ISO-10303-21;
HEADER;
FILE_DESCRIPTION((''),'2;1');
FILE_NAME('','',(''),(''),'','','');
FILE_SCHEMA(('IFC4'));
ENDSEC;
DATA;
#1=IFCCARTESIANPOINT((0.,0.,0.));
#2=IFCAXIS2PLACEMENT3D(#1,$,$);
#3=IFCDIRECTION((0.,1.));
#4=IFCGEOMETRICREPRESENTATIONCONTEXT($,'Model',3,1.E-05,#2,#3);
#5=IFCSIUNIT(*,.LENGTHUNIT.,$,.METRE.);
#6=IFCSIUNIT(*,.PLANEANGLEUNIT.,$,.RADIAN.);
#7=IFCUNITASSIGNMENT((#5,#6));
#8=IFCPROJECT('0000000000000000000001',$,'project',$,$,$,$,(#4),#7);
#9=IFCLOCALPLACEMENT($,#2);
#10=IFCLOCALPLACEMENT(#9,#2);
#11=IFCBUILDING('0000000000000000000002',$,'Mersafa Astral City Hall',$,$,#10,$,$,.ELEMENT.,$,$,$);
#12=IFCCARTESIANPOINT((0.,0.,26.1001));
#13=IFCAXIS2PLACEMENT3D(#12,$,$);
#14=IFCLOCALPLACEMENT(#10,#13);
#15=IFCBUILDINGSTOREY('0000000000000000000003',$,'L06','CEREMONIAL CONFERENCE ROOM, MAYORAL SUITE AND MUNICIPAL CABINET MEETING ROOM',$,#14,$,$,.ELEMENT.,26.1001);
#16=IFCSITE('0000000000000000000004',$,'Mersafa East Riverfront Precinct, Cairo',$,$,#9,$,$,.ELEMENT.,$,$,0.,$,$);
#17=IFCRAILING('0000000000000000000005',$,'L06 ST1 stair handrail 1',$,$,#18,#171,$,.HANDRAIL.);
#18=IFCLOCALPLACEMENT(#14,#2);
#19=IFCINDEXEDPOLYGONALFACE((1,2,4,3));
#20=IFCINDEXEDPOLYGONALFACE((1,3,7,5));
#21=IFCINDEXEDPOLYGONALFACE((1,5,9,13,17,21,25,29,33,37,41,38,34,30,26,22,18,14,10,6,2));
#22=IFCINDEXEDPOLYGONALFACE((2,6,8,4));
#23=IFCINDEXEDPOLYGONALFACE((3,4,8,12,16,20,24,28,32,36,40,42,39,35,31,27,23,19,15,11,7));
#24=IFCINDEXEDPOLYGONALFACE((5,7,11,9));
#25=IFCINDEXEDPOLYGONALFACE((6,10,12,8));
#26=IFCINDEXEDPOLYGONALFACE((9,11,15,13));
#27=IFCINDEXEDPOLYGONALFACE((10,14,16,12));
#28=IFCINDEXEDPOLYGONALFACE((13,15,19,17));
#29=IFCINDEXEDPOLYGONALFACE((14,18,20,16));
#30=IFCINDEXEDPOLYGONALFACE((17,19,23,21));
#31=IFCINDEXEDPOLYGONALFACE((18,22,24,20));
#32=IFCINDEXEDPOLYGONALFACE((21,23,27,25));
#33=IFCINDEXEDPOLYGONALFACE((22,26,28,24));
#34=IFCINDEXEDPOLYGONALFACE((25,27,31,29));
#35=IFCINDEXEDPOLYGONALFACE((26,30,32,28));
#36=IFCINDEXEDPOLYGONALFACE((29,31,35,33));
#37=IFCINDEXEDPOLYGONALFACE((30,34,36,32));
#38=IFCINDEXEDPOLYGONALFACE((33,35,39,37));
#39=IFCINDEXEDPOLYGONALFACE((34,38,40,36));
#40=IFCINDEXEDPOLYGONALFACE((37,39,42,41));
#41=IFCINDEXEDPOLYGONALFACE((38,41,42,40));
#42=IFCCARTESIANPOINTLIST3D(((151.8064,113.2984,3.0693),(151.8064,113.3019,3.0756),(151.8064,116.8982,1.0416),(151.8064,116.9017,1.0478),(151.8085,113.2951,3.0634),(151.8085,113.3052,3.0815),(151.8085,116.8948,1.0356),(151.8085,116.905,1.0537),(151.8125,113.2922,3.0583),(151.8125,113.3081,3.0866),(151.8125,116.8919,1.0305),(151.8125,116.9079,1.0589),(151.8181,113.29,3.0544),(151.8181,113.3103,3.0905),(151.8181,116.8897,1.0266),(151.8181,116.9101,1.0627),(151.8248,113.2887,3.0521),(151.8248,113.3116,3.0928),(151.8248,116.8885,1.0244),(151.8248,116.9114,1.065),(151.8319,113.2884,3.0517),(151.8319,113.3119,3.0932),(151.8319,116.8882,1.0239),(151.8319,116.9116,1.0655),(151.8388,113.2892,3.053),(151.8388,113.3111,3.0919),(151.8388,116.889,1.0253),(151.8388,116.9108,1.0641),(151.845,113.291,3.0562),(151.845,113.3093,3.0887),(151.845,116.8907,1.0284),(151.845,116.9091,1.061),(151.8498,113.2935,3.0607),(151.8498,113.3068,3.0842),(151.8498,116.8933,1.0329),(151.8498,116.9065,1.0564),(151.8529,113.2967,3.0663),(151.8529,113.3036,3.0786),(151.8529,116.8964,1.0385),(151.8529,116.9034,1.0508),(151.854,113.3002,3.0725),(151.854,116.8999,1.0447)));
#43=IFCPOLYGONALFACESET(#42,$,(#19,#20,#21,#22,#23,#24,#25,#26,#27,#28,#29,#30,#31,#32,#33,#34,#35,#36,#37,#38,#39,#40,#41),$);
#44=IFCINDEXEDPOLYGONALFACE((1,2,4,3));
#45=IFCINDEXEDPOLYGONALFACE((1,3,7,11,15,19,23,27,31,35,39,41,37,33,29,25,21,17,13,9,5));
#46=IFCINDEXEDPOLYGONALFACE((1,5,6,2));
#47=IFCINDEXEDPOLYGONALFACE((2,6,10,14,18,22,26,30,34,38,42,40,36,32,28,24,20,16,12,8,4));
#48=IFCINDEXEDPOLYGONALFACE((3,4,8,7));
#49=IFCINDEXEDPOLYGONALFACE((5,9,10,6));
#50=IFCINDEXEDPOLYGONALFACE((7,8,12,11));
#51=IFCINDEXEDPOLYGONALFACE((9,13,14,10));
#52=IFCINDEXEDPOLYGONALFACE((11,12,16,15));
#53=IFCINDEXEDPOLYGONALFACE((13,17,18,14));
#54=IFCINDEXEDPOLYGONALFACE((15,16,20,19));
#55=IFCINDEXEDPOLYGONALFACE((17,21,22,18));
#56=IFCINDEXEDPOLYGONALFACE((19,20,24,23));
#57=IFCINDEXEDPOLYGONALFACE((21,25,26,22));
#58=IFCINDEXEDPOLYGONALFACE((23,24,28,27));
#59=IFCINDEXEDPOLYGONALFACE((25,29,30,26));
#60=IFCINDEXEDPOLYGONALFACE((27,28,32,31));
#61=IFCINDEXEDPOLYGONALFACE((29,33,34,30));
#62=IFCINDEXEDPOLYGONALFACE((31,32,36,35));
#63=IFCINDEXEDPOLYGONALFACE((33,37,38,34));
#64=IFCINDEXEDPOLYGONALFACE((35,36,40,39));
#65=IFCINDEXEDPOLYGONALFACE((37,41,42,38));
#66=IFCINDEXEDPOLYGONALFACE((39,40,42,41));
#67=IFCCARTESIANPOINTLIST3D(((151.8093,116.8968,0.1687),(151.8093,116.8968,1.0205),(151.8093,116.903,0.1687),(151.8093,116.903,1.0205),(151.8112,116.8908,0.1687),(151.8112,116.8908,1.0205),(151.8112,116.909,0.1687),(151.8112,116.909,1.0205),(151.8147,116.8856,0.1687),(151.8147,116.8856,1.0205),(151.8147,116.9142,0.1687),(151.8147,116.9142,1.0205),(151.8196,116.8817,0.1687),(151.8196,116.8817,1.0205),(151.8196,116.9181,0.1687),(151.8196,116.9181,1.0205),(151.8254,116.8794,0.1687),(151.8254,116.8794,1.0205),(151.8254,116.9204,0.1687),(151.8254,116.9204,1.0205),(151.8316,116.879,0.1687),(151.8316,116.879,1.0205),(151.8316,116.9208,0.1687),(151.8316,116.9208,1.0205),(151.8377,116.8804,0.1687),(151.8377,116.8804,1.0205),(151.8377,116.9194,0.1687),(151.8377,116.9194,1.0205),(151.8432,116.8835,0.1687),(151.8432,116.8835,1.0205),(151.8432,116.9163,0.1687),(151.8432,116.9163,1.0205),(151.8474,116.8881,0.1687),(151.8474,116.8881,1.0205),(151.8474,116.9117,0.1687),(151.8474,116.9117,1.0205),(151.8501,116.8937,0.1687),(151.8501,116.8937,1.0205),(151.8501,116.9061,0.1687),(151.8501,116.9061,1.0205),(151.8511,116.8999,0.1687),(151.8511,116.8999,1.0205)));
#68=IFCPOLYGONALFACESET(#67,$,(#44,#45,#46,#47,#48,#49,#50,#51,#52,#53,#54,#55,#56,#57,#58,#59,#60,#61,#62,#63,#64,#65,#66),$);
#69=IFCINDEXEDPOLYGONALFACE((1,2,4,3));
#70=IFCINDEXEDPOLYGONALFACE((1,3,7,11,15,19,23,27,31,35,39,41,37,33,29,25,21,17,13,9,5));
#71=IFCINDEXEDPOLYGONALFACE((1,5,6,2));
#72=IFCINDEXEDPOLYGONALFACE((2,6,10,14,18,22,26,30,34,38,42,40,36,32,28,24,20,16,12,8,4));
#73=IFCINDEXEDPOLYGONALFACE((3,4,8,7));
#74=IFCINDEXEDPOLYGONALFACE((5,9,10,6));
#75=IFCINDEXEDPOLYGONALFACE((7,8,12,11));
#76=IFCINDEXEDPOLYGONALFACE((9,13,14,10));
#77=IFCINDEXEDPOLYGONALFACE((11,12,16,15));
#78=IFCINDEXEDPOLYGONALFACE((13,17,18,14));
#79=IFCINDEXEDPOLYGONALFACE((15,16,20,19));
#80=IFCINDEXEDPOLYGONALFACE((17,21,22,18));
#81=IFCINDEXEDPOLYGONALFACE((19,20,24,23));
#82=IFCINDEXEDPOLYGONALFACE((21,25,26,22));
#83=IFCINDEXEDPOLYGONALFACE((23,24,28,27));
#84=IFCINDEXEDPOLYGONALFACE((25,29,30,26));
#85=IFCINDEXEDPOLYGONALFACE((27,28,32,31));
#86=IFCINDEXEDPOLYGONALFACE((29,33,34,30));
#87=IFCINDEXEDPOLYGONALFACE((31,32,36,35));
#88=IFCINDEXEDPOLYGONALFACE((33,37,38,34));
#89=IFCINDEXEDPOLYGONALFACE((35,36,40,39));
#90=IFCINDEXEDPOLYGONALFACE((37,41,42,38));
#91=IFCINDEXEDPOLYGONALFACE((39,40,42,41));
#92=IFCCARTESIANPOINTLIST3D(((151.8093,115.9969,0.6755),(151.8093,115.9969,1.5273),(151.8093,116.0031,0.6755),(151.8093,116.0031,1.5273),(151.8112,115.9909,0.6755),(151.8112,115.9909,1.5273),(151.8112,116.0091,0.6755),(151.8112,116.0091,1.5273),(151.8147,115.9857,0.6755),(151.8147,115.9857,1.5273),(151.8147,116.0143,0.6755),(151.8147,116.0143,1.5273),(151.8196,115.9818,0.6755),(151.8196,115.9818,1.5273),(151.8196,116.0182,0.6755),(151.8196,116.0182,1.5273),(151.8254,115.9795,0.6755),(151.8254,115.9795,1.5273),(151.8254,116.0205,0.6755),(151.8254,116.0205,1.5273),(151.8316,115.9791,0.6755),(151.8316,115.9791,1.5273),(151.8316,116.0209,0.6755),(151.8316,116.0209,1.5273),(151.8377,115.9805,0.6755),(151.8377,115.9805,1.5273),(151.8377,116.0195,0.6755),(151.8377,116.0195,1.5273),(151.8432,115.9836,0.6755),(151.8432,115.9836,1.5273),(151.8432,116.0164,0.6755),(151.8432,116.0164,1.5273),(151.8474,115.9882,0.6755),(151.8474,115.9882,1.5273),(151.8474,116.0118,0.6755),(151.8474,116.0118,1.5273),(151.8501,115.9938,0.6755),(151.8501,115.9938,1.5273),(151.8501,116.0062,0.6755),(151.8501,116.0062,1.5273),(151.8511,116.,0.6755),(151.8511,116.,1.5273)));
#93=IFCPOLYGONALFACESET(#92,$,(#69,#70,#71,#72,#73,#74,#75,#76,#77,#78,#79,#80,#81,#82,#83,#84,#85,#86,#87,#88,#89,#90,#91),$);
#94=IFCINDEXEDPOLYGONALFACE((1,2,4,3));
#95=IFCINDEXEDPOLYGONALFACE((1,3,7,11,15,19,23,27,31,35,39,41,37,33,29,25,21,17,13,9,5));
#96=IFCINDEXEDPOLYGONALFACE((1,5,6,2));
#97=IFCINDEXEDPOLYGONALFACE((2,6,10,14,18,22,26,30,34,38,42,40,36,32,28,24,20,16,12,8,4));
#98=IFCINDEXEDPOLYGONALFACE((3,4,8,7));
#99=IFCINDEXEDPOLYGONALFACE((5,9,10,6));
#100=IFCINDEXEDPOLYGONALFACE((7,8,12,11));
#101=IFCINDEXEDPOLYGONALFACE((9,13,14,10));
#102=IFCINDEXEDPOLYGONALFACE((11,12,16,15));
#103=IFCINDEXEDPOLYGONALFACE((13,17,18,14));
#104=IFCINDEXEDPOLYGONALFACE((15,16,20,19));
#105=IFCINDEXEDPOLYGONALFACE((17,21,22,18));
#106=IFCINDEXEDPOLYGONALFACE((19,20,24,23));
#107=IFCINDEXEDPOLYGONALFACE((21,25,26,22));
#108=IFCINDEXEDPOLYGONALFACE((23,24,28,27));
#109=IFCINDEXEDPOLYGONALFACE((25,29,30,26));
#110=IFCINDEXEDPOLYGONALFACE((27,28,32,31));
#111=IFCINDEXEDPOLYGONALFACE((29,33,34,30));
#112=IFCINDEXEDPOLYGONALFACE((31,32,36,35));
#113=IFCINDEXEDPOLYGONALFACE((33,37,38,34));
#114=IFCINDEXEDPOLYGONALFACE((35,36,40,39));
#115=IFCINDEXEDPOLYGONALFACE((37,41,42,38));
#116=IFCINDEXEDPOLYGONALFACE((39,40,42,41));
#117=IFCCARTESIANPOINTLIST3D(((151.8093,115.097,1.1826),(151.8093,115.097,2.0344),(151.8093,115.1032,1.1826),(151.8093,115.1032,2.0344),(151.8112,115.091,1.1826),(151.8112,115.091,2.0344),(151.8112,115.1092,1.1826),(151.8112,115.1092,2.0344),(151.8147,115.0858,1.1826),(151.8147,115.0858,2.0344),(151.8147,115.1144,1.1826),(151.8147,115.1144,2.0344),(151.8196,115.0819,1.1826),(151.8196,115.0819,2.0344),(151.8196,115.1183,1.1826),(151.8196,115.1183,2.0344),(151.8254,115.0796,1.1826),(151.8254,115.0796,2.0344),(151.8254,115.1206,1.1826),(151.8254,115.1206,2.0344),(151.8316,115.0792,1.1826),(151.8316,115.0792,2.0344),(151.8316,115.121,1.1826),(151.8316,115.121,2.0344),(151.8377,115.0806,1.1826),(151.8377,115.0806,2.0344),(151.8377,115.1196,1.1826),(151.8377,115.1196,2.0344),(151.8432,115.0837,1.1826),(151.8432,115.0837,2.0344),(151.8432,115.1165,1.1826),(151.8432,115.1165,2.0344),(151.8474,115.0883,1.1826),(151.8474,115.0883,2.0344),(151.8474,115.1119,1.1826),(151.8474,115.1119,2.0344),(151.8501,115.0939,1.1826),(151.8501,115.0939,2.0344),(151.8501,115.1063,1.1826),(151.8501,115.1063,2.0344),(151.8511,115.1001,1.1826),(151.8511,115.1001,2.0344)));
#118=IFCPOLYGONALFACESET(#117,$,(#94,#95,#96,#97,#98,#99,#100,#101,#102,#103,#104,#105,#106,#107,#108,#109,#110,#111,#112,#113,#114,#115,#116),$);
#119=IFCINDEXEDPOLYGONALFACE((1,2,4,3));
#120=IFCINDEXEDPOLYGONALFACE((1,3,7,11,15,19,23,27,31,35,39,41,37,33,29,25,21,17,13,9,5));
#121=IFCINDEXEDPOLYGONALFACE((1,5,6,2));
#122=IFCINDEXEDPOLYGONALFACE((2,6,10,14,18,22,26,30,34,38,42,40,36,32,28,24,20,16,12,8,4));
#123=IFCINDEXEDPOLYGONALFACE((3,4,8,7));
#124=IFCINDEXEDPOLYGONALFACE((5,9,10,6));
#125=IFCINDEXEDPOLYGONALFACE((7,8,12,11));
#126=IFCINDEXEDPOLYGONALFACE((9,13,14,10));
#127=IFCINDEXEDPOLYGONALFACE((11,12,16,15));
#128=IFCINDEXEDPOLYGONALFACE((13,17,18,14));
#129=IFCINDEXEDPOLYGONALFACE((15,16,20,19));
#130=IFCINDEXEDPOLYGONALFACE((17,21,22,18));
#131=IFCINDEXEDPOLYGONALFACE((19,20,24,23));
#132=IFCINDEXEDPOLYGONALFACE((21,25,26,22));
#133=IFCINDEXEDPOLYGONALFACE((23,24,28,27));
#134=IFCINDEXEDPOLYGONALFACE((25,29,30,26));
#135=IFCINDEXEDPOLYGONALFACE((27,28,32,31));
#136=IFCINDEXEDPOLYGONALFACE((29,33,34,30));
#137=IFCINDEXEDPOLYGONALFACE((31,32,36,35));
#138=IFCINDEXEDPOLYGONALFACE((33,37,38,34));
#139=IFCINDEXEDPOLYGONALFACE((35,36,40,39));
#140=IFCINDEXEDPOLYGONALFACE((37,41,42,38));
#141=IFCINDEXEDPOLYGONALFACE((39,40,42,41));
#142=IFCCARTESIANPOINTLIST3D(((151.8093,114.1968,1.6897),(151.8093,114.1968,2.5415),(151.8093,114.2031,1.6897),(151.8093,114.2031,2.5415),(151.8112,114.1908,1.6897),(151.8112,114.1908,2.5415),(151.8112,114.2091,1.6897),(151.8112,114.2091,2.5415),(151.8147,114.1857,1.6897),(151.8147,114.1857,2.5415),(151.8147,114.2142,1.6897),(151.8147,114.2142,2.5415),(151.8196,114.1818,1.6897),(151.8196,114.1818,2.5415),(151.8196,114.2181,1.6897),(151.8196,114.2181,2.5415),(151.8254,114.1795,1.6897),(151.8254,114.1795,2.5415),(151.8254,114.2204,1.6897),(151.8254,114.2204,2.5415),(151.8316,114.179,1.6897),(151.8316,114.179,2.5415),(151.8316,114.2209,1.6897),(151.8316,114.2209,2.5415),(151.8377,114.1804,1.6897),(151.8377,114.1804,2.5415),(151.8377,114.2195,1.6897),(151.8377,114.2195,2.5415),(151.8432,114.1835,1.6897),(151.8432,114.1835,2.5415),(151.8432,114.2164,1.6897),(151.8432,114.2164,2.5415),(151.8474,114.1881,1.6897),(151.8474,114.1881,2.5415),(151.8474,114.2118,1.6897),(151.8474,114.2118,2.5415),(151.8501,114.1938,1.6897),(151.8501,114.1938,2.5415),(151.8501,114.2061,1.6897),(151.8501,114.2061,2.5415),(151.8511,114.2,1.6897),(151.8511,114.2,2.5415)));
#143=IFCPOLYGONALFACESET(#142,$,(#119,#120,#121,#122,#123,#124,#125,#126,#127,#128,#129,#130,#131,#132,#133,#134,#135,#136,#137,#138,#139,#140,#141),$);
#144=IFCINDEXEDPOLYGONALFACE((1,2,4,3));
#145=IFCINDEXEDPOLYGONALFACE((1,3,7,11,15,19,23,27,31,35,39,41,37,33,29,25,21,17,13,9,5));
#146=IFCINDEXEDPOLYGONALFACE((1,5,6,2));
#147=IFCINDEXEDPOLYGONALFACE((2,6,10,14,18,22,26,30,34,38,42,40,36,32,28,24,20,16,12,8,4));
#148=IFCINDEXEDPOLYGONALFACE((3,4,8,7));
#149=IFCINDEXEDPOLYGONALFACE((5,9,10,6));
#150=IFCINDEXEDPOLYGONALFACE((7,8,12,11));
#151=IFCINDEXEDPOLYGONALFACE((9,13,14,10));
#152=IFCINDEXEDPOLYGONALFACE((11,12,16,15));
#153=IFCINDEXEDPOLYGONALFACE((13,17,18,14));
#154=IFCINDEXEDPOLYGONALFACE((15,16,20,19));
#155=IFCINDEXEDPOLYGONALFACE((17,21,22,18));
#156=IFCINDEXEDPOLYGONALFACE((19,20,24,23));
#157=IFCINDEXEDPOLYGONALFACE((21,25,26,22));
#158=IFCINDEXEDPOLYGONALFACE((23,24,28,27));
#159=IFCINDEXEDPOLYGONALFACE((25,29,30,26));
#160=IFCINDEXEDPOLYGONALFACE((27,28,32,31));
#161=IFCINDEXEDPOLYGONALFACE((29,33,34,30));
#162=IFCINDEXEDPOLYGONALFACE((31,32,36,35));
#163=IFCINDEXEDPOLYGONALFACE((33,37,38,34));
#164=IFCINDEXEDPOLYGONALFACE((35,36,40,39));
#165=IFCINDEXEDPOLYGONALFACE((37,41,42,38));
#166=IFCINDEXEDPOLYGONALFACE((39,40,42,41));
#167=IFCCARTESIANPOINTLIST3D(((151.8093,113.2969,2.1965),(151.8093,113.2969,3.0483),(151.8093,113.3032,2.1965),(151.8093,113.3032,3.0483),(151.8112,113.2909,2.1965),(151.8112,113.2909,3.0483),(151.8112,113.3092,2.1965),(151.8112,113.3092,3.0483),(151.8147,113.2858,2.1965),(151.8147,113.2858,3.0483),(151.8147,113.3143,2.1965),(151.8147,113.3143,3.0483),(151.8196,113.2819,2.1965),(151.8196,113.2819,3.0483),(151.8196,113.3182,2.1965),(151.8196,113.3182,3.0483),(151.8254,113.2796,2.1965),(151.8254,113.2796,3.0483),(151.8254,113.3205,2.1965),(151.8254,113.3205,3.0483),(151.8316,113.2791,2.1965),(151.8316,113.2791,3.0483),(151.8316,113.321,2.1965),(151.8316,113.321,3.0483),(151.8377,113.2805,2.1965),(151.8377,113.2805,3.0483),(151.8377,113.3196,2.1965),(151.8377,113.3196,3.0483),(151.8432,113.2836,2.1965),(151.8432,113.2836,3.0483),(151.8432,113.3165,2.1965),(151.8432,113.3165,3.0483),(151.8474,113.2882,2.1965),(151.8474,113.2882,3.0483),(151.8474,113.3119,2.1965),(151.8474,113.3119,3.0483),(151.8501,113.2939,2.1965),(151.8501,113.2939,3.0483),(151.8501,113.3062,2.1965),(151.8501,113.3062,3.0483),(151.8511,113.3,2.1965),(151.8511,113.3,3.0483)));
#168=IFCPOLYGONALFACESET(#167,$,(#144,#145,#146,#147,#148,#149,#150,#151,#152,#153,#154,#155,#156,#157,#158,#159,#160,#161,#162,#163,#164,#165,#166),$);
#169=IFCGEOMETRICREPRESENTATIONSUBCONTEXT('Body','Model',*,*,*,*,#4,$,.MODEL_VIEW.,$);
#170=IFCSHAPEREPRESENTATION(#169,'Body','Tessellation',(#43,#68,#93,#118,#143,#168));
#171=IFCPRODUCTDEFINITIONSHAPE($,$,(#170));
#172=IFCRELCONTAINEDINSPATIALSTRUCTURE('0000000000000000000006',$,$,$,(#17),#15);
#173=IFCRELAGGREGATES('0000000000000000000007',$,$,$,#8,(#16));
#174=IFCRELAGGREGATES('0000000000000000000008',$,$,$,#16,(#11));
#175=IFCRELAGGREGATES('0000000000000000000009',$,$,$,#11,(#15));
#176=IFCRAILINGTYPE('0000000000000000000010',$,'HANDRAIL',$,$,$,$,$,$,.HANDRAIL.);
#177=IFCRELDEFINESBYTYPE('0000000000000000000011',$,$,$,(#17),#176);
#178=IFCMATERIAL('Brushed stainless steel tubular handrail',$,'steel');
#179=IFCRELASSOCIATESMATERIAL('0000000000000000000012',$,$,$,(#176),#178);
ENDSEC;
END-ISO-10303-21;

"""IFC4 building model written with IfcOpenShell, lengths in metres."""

from ifc_helpers import new_model, si_unit, direction, frame, origin, origin_2d, place, context, subcontext, project, spatial, circle, extrude, material, type_object, element, save


model = new_model("IFC4")

# Units and contexts
model_context = context("Model", 3, precision=1e-05, world=origin(), true_north=direction((0.0, 1.0)))
body_context = subcontext(model_context, "Body", "Model", "MODEL_VIEW")
ifc_project = project(units=[si_unit("LENGTHUNIT", "METRE"), si_unit("PLANEANGLEUNIT", "RADIAN")], contexts=[model_context])

# Site, building, storey
site_placement = place(None, origin())
site = spatial("IfcSite", under=ifc_project, at=site_placement, Name="Mersafa East Riverfront Precinct, Cairo", CompositionType="ELEMENT", RefElevation=0.0)
building_placement = place(site_placement, origin())
building = spatial("IfcBuilding", under=site, at=building_placement, Name="Mersafa Astral City Hall", CompositionType="ELEMENT")
storey_placement = place(building_placement, frame((0.0, 0.0, 26.1001)))
storey = spatial("IfcBuildingStorey", under=building, at=storey_placement, Name="L06", Description="CEREMONIAL CONFERENCE ROOM, MAYORAL SUITE AND MUNICIPAL CABINET MEETING ROOM", CompositionType="ELEMENT", Elevation=26.1001)

# Railing
ifc_material_1 = material(Name="Brushed stainless steel tubular handrail", Category="steel")
railing_type_1 = type_object("IfcRailingType", Name="HANDRAIL", PredefinedType="HANDRAIL", material=ifc_material_1)
railing_1_placement = place(storey_placement, frame((151.8301, 116.8999, 0.1687)))
element("IfcRailing", 1, at=railing_1_placement, inside=storey, type_object=railing_type_1, Name="L06 ST1 stair handrail 1", PredefinedType="HANDRAIL", context=body_context, shape_type="SweptSolid", body=[
    extrude(circle(Radius=0.0239, at=origin_2d()), frame((0.0, 0.0, 0.876), z_axis=(0.0, -0.871274, 0.490797), x_axis=(1.0, 0.0, 0.0)), (0.0, 0.0, 1.0), 4.1316),
    extrude(circle(Radius=0.021, at=origin_2d()), origin(), (0.0, 0.0, 1.0), 0.8518),
    extrude(circle(Radius=0.021, at=origin_2d()), frame((0.0, -0.8999, 0.5068)), (0.0, 0.0, 1.0), 0.8518),
    extrude(circle(Radius=0.021, at=origin_2d()), frame((0.0, -1.7998, 1.0139)), (0.0, 0.0, 1.0), 0.8518),
    extrude(circle(Radius=0.021, at=origin_2d()), frame((0.0, -2.7, 1.521)), (0.0, 0.0, 1.0), 0.8518),
    extrude(circle(Radius=0.021, at=origin_2d()), frame((0.0, -3.5999, 2.0278)), (0.0, 0.0, 1.0), 0.8518),
])

save(model, "model.ifc")
